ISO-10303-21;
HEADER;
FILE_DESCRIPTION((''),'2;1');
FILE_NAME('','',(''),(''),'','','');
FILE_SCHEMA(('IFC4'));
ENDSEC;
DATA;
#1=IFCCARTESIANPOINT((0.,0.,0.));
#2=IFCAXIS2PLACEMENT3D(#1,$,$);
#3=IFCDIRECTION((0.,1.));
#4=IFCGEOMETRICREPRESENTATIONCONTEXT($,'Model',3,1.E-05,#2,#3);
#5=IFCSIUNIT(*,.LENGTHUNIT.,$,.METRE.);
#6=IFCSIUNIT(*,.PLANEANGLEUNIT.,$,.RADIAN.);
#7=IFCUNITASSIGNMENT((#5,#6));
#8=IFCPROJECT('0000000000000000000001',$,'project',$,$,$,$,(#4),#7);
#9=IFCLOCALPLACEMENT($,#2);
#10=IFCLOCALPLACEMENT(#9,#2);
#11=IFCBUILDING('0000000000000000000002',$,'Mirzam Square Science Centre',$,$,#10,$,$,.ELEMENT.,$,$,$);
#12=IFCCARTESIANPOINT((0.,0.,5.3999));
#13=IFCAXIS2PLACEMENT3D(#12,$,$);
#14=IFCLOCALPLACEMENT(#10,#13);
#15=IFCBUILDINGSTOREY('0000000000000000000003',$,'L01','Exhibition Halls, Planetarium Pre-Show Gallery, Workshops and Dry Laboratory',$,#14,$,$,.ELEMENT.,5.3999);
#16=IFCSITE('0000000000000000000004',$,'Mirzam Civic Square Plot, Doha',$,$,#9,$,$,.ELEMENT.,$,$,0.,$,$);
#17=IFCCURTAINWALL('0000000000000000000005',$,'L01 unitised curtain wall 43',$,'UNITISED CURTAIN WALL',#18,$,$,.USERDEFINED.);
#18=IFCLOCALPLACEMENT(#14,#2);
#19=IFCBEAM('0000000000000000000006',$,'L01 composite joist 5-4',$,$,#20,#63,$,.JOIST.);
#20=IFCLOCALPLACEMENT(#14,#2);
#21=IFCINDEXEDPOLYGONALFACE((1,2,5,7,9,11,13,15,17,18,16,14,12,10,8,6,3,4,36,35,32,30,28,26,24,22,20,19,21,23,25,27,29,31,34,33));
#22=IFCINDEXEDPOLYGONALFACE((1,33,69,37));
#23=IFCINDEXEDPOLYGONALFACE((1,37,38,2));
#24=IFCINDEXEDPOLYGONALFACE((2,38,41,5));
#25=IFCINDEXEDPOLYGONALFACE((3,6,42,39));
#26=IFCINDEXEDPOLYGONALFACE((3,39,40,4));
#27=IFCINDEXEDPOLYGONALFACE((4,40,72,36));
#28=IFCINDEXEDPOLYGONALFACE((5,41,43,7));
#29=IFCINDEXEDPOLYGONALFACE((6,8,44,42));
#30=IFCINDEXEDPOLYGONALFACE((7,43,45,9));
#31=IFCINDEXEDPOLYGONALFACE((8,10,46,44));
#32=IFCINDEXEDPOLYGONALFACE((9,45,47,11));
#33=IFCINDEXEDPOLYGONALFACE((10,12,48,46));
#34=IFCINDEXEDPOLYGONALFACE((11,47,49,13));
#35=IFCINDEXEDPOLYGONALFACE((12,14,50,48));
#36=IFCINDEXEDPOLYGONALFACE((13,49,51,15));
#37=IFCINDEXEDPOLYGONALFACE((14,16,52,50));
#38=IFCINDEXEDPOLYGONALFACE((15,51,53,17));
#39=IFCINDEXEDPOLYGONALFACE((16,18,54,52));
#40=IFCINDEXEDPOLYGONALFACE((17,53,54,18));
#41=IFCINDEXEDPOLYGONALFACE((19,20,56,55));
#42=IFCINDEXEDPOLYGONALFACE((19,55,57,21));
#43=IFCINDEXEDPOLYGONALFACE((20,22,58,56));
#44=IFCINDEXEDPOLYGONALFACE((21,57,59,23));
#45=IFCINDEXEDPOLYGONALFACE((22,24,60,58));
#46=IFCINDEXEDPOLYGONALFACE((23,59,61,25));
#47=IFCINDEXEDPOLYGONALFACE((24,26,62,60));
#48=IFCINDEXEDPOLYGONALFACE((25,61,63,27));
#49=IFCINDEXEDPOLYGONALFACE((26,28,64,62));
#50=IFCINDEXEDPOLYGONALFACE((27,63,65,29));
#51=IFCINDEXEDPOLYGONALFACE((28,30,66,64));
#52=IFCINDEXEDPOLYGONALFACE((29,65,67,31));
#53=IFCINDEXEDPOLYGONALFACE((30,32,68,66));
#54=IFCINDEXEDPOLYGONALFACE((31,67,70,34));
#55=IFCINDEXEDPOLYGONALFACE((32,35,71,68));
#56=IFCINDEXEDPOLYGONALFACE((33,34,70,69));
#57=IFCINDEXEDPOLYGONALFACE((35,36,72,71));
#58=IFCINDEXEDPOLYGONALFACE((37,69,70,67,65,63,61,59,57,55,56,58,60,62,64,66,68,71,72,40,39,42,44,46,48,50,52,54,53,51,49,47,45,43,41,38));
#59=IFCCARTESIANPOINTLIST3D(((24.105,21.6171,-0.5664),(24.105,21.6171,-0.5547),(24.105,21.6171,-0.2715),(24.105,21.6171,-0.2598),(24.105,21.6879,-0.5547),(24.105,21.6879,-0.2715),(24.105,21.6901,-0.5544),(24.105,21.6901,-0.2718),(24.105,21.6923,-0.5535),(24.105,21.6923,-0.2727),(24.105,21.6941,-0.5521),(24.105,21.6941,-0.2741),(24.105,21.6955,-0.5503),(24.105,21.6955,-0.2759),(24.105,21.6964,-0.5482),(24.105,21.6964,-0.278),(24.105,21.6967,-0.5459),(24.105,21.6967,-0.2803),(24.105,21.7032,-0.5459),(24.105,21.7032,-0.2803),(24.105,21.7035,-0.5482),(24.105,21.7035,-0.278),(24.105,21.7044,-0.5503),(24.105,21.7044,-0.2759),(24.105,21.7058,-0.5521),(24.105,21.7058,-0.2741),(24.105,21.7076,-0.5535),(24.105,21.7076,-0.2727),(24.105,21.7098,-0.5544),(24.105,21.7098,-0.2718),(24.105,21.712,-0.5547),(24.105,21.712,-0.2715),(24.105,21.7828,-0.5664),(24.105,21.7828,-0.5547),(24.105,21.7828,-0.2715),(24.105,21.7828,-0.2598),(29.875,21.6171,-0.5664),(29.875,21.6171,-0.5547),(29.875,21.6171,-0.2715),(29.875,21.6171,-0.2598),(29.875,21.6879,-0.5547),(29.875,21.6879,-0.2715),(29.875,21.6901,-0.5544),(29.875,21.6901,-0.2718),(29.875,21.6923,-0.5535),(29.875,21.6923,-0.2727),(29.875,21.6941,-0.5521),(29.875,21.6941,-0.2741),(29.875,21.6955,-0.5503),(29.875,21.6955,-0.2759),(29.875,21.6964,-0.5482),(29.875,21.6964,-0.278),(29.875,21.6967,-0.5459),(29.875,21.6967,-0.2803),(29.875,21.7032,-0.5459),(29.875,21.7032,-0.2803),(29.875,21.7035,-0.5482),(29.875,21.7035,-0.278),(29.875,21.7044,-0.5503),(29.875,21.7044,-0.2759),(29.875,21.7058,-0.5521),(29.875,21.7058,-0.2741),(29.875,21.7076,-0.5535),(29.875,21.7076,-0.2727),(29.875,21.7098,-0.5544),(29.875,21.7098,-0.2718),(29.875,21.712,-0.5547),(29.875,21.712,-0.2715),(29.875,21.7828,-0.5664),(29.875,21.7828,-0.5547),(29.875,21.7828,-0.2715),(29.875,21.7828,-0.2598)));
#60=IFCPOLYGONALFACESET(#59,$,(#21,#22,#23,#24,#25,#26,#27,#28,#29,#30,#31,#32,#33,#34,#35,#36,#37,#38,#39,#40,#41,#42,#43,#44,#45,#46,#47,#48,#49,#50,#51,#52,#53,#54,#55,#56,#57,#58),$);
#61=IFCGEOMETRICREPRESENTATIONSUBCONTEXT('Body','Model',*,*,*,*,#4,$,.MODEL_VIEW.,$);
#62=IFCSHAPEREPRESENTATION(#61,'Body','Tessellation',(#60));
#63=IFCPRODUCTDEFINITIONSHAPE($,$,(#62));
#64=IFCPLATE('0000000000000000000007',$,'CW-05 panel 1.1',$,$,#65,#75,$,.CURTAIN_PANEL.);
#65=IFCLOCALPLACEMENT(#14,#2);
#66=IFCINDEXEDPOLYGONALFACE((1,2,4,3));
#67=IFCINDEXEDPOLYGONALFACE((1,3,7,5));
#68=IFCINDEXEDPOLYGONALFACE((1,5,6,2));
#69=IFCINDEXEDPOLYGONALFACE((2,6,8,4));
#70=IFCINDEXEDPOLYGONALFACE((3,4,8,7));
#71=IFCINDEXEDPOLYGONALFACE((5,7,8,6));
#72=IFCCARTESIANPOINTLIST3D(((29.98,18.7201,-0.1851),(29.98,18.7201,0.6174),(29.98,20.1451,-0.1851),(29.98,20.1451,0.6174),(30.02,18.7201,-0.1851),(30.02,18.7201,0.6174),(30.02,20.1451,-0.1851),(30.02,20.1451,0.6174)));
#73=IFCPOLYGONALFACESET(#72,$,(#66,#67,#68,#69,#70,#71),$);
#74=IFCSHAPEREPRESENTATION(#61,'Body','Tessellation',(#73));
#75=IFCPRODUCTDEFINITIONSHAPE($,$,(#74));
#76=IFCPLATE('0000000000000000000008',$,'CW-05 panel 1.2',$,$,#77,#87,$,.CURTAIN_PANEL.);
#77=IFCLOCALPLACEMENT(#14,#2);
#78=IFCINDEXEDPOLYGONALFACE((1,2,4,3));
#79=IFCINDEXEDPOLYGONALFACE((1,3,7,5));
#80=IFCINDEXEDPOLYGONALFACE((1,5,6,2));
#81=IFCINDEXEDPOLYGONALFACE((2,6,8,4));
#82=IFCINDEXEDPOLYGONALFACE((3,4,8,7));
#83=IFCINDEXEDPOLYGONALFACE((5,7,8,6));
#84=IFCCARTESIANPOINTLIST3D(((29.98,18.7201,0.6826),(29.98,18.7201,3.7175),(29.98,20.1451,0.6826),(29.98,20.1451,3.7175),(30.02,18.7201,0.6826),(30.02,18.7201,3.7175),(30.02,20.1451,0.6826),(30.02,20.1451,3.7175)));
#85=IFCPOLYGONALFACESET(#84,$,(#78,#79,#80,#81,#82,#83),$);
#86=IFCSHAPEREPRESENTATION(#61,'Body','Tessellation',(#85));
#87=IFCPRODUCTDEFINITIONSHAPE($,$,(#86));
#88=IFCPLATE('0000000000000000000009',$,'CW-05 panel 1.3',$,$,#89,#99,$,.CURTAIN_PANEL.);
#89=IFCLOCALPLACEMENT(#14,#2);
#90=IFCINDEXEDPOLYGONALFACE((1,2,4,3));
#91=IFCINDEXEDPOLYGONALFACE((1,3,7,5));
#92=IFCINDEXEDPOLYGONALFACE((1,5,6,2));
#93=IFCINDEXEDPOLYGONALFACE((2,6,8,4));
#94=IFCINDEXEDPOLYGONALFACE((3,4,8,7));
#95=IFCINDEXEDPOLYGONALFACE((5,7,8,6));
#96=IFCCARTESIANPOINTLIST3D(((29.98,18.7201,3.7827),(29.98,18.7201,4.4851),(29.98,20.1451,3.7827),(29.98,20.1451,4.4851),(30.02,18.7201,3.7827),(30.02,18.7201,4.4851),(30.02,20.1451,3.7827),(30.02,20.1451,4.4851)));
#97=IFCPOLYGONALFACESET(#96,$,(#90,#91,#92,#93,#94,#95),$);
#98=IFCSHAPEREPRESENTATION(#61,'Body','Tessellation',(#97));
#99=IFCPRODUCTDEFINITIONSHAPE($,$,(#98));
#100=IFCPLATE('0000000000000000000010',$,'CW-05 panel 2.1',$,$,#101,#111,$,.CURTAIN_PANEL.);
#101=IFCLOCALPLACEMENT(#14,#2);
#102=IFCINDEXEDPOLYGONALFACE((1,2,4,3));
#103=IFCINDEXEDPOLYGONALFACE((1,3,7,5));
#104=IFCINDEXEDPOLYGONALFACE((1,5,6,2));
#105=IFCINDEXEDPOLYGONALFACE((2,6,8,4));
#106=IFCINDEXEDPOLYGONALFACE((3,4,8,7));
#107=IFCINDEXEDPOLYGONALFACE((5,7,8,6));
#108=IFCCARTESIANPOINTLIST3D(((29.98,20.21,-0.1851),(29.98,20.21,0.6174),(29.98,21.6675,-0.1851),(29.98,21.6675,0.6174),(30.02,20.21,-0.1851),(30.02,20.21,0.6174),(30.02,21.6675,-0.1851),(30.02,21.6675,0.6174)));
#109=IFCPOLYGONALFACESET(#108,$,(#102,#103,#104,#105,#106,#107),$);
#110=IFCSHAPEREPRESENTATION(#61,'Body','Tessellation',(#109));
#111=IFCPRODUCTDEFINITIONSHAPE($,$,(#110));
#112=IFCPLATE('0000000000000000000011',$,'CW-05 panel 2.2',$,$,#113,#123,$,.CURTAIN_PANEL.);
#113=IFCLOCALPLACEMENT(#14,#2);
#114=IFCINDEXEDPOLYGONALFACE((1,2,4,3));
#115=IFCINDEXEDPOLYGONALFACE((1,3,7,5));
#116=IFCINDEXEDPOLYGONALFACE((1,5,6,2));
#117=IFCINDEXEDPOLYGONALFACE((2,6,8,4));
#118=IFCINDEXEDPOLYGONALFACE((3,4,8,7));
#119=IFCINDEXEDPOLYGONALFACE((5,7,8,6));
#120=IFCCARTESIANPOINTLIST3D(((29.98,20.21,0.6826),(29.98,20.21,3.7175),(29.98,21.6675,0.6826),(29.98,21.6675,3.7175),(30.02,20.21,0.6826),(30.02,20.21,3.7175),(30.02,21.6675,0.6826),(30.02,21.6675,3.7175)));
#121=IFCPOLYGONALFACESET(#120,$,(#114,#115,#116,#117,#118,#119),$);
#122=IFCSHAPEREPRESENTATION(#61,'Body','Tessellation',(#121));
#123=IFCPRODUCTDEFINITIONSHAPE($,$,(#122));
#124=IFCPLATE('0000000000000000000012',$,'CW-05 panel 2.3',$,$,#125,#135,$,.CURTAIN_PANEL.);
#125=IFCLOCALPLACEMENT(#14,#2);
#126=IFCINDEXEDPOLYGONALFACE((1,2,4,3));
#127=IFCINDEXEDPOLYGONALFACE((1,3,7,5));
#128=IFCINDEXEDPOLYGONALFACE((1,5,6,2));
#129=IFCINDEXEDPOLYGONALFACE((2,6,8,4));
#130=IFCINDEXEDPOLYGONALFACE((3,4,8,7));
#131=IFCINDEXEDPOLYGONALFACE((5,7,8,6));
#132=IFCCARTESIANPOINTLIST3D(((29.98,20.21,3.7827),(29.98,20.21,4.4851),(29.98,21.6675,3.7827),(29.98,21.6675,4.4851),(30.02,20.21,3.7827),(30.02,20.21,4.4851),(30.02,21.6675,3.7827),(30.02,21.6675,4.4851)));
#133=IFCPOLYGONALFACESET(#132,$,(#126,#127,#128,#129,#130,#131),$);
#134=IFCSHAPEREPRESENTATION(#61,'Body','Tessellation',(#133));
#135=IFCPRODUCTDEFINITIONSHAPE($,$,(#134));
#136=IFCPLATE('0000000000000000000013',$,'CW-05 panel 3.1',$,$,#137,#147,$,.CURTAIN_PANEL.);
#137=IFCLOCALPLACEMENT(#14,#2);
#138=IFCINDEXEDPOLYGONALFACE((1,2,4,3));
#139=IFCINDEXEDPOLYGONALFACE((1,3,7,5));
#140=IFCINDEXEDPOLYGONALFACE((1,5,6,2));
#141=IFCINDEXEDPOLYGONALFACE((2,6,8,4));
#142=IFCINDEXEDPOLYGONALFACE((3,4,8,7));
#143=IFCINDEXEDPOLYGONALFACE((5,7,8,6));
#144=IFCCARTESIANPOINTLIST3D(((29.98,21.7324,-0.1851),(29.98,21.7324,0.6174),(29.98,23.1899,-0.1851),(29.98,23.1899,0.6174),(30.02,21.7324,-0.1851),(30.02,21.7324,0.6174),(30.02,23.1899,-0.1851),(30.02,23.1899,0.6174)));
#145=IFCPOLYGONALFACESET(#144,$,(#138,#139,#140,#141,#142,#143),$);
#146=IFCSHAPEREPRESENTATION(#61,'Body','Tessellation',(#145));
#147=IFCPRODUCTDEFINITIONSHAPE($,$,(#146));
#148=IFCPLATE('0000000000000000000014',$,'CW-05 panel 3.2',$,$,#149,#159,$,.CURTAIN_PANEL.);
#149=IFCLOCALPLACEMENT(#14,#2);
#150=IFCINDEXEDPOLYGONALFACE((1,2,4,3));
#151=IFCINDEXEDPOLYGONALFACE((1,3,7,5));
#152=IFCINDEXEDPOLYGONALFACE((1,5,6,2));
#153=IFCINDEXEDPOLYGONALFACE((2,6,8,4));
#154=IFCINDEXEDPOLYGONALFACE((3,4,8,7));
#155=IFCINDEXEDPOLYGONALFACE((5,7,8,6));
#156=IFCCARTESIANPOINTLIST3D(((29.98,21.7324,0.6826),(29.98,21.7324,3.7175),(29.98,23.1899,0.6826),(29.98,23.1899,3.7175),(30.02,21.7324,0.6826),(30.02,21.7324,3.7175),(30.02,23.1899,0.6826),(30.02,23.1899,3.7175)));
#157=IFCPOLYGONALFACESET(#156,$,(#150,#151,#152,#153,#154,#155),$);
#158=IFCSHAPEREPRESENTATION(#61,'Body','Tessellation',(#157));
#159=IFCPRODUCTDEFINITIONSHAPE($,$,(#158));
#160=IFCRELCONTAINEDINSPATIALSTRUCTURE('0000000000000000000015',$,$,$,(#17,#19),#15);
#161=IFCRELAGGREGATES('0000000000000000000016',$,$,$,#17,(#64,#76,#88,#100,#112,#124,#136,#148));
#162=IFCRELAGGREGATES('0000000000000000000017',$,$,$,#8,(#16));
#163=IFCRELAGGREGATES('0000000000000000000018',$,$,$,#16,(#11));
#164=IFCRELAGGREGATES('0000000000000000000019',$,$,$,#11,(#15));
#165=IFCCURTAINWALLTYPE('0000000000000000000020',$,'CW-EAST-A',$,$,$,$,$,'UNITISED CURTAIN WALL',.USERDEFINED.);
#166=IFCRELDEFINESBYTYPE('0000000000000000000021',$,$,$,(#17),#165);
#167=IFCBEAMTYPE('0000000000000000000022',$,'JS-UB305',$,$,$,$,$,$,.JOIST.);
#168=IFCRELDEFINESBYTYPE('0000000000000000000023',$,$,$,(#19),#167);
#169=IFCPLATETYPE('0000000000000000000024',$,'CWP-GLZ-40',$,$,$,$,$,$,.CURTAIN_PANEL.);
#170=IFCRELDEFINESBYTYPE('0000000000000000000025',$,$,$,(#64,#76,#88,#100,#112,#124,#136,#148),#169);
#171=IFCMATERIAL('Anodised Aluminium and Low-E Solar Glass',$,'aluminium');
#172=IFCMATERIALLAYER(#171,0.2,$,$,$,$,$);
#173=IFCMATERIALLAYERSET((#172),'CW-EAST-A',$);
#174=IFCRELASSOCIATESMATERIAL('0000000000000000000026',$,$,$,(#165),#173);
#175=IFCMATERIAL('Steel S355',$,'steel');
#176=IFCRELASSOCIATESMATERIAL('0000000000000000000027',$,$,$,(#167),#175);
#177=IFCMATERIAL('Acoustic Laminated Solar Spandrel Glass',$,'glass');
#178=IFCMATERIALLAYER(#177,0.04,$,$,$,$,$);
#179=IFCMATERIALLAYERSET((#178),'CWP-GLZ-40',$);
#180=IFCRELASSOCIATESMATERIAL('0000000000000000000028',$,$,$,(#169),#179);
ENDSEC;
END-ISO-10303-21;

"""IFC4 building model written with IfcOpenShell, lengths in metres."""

from ifc_helpers import new_model, si_unit, direction, frame, origin, origin_2d, place, context, subcontext, project, spatial, rectangle, i_section, extrude, material, layer, layer_set, material_profile, profile_set, type_object, element, aggregate, save


model = new_model("IFC4")

# Units and contexts
model_context = context("Model", 3, precision=1e-05, world=origin(), true_north=direction((0.0, 1.0)))
body_context = subcontext(model_context, "Body", "Model", "MODEL_VIEW")
ifc_project = project(units=[si_unit("LENGTHUNIT", "METRE"), si_unit("PLANEANGLEUNIT", "RADIAN")], contexts=[model_context])

# Site, building, storey
site_placement = place(None, origin())
site = spatial("IfcSite", under=ifc_project, at=site_placement, Name="Mirzam Civic Square Plot, Doha", CompositionType="ELEMENT", RefElevation=0.0)
building_placement = place(site_placement, origin())
building = spatial("IfcBuilding", under=site, at=building_placement, Name="Mirzam Square Science Centre", CompositionType="ELEMENT")
storey_placement = place(building_placement, frame((0.0, 0.0, 5.3999)))
storey = spatial("IfcBuildingStorey", under=building, at=storey_placement, Name="L01", Description="Exhibition Halls, Planetarium Pre-Show Gallery, Workshops and Dry Laboratory", CompositionType="ELEMENT", Elevation=5.3999)

# Curtain wall
ifc_material_1 = material(Name="Anodised Aluminium and Low-E Solar Glass", Category="aluminium")
ifc_layer_1 = layer(ifc_material_1, 0.2)
ifc_layer_set_1 = layer_set([ifc_layer_1], Name="CW-EAST-A")
curtain_wall_type = type_object("IfcCurtainWallType", Name="CW-EAST-A", ElementType="UNITISED CURTAIN WALL", PredefinedType="USERDEFINED", material=ifc_layer_set_1)
curtain_wall_placement = place(storey_placement, origin())
curtain_wall = element("IfcCurtainWall", 1, at=curtain_wall_placement, inside=storey, type_object=curtain_wall_type, Name="L01 unitised curtain wall 43", ObjectType="UNITISED CURTAIN WALL", PredefinedType="USERDEFINED")

# Beam
ifc_material_2 = material(Name="Steel S355", Category="steel")
ifc_material_profile_1 = material_profile(ifc_material_2, i_section(OverallWidth=0.1658, OverallDepth=0.3066, WebThickness=0.0066, FlangeThickness=0.0117, FilletRadius=0.0088, at=origin_2d()), Name="305x165x46UB")
ifc_profile_set_1 = profile_set([ifc_material_profile_1], Name="Steel S355")
beam_type = type_object("IfcBeamType", Name="JS-UB305", PredefinedType="JOIST", material=ifc_profile_set_1)
beam_placement = place(storey_placement, frame((24.105, 21.7, -0.4131), z_axis=(1.0, 0.0, 0.0), x_axis=(0.0, 1.0, 0.0)))
element("IfcBeam", 2, at=beam_placement, inside=storey, type_object=beam_type, Name="L01 composite joist 5-4", PredefinedType="JOIST", context=body_context, shape_type="SweptSolid", body=[
    extrude(i_section(OverallWidth=0.1658, OverallDepth=0.3066, WebThickness=0.0066, FlangeThickness=0.0117, FilletRadius=0.0088, at=origin_2d()), origin(), (0.0, 0.0, 1.0), 5.77),
])

# Plates
ifc_material_3 = material(Name="Acoustic Laminated Solar Spandrel Glass", Category="glass")
ifc_layer_2 = layer(ifc_material_3, 0.04)
ifc_layer_set_2 = layer_set([ifc_layer_2], Name="CWP-GLZ-40")
plate_type = type_object("IfcPlateType", Name="CWP-GLZ-40", PredefinedType="CURTAIN_PANEL", material=ifc_layer_set_2)
plate_1_placement = place(storey_placement, frame((30.0, 19.4326, -0.1851), z_axis=(0.0, 0.0, 1.0), x_axis=(0.0, 1.0, 0.0)))
plate_1 = element("IfcPlate", 3, at=plate_1_placement, type_object=plate_type, Name="CW-05 panel 1.1", PredefinedType="CURTAIN_PANEL", context=body_context, shape_type="SweptSolid", body=[
    extrude(rectangle(XDim=1.425, YDim=0.04, at=origin_2d()), origin(), (0.0, 0.0, 1.0), 0.8025),
])
plate_2_placement = place(storey_placement, frame((30.0, 19.4326, 0.6826), z_axis=(0.0, 0.0, 1.0), x_axis=(0.0, 1.0, 0.0)))
plate_2 = element("IfcPlate", 4, at=plate_2_placement, type_object=plate_type, Name="CW-05 panel 1.2", PredefinedType="CURTAIN_PANEL", context=body_context, shape_type="SweptSolid", body=[
    extrude(rectangle(XDim=1.425, YDim=0.04, at=origin_2d()), origin(), (0.0, 0.0, 1.0), 3.0349),
])
plate_3_placement = place(storey_placement, frame((30.0, 19.4326, 3.7827), z_axis=(0.0, 0.0, 1.0), x_axis=(0.0, 1.0, 0.0)))
plate_3 = element("IfcPlate", 5, at=plate_3_placement, type_object=plate_type, Name="CW-05 panel 1.3", PredefinedType="CURTAIN_PANEL", context=body_context, shape_type="SweptSolid", body=[
    extrude(rectangle(XDim=1.425, YDim=0.04, at=origin_2d()), origin(), (0.0, 0.0, 1.0), 0.7024),
])
plate_4_placement = place(storey_placement, frame((30.0, 20.9387, -0.1851), z_axis=(0.0, 0.0, 1.0), x_axis=(0.0, 1.0, 0.0)))
plate_4 = element("IfcPlate", 6, at=plate_4_placement, type_object=plate_type, Name="CW-05 panel 2.1", PredefinedType="CURTAIN_PANEL", context=body_context, shape_type="SweptSolid", body=[
    extrude(rectangle(XDim=1.4575, YDim=0.04, at=origin_2d()), origin(), (0.0, 0.0, 1.0), 0.8025),
])
plate_5_placement = place(storey_placement, frame((30.0, 20.9387, 0.6826), z_axis=(0.0, 0.0, 1.0), x_axis=(0.0, 1.0, 0.0)))
plate_5 = element("IfcPlate", 7, at=plate_5_placement, type_object=plate_type, Name="CW-05 panel 2.2", PredefinedType="CURTAIN_PANEL", context=body_context, shape_type="SweptSolid", body=[
    extrude(rectangle(XDim=1.4575, YDim=0.04, at=origin_2d()), origin(), (0.0, 0.0, 1.0), 3.0349),
])
plate_6_placement = place(storey_placement, frame((30.0, 20.9387, 3.7827), z_axis=(0.0, 0.0, 1.0), x_axis=(0.0, 1.0, 0.0)))
plate_6 = element("IfcPlate", 8, at=plate_6_placement, type_object=plate_type, Name="CW-05 panel 2.3", PredefinedType="CURTAIN_PANEL", context=body_context, shape_type="SweptSolid", body=[
    extrude(rectangle(XDim=1.4575, YDim=0.04, at=origin_2d()), origin(), (0.0, 0.0, 1.0), 0.7024),
])
plate_7_placement = place(storey_placement, frame((30.0, 22.4612, -0.1851), z_axis=(0.0, 0.0, 1.0), x_axis=(0.0, 1.0, 0.0)))
plate_7 = element("IfcPlate", 9, at=plate_7_placement, type_object=plate_type, Name="CW-05 panel 3.1", PredefinedType="CURTAIN_PANEL", context=body_context, shape_type="SweptSolid", body=[
    extrude(rectangle(XDim=1.4575, YDim=0.04, at=origin_2d()), origin(), (0.0, 0.0, 1.0), 0.8025),
])
plate_8_placement = place(storey_placement, frame((30.0, 22.4612, 0.6826), z_axis=(0.0, 0.0, 1.0), x_axis=(0.0, 1.0, 0.0)))
plate_8 = element("IfcPlate", 10, at=plate_8_placement, type_object=plate_type, Name="CW-05 panel 3.2", PredefinedType="CURTAIN_PANEL", context=body_context, shape_type="SweptSolid", body=[
    extrude(rectangle(XDim=1.4575, YDim=0.04, at=origin_2d()), origin(), (0.0, 0.0, 1.0), 3.0349),
])
aggregate(curtain_wall, [plate_1, plate_2, plate_3, plate_4, plate_5, plate_6, plate_7, plate_8])

save(model, "model.ifc")
